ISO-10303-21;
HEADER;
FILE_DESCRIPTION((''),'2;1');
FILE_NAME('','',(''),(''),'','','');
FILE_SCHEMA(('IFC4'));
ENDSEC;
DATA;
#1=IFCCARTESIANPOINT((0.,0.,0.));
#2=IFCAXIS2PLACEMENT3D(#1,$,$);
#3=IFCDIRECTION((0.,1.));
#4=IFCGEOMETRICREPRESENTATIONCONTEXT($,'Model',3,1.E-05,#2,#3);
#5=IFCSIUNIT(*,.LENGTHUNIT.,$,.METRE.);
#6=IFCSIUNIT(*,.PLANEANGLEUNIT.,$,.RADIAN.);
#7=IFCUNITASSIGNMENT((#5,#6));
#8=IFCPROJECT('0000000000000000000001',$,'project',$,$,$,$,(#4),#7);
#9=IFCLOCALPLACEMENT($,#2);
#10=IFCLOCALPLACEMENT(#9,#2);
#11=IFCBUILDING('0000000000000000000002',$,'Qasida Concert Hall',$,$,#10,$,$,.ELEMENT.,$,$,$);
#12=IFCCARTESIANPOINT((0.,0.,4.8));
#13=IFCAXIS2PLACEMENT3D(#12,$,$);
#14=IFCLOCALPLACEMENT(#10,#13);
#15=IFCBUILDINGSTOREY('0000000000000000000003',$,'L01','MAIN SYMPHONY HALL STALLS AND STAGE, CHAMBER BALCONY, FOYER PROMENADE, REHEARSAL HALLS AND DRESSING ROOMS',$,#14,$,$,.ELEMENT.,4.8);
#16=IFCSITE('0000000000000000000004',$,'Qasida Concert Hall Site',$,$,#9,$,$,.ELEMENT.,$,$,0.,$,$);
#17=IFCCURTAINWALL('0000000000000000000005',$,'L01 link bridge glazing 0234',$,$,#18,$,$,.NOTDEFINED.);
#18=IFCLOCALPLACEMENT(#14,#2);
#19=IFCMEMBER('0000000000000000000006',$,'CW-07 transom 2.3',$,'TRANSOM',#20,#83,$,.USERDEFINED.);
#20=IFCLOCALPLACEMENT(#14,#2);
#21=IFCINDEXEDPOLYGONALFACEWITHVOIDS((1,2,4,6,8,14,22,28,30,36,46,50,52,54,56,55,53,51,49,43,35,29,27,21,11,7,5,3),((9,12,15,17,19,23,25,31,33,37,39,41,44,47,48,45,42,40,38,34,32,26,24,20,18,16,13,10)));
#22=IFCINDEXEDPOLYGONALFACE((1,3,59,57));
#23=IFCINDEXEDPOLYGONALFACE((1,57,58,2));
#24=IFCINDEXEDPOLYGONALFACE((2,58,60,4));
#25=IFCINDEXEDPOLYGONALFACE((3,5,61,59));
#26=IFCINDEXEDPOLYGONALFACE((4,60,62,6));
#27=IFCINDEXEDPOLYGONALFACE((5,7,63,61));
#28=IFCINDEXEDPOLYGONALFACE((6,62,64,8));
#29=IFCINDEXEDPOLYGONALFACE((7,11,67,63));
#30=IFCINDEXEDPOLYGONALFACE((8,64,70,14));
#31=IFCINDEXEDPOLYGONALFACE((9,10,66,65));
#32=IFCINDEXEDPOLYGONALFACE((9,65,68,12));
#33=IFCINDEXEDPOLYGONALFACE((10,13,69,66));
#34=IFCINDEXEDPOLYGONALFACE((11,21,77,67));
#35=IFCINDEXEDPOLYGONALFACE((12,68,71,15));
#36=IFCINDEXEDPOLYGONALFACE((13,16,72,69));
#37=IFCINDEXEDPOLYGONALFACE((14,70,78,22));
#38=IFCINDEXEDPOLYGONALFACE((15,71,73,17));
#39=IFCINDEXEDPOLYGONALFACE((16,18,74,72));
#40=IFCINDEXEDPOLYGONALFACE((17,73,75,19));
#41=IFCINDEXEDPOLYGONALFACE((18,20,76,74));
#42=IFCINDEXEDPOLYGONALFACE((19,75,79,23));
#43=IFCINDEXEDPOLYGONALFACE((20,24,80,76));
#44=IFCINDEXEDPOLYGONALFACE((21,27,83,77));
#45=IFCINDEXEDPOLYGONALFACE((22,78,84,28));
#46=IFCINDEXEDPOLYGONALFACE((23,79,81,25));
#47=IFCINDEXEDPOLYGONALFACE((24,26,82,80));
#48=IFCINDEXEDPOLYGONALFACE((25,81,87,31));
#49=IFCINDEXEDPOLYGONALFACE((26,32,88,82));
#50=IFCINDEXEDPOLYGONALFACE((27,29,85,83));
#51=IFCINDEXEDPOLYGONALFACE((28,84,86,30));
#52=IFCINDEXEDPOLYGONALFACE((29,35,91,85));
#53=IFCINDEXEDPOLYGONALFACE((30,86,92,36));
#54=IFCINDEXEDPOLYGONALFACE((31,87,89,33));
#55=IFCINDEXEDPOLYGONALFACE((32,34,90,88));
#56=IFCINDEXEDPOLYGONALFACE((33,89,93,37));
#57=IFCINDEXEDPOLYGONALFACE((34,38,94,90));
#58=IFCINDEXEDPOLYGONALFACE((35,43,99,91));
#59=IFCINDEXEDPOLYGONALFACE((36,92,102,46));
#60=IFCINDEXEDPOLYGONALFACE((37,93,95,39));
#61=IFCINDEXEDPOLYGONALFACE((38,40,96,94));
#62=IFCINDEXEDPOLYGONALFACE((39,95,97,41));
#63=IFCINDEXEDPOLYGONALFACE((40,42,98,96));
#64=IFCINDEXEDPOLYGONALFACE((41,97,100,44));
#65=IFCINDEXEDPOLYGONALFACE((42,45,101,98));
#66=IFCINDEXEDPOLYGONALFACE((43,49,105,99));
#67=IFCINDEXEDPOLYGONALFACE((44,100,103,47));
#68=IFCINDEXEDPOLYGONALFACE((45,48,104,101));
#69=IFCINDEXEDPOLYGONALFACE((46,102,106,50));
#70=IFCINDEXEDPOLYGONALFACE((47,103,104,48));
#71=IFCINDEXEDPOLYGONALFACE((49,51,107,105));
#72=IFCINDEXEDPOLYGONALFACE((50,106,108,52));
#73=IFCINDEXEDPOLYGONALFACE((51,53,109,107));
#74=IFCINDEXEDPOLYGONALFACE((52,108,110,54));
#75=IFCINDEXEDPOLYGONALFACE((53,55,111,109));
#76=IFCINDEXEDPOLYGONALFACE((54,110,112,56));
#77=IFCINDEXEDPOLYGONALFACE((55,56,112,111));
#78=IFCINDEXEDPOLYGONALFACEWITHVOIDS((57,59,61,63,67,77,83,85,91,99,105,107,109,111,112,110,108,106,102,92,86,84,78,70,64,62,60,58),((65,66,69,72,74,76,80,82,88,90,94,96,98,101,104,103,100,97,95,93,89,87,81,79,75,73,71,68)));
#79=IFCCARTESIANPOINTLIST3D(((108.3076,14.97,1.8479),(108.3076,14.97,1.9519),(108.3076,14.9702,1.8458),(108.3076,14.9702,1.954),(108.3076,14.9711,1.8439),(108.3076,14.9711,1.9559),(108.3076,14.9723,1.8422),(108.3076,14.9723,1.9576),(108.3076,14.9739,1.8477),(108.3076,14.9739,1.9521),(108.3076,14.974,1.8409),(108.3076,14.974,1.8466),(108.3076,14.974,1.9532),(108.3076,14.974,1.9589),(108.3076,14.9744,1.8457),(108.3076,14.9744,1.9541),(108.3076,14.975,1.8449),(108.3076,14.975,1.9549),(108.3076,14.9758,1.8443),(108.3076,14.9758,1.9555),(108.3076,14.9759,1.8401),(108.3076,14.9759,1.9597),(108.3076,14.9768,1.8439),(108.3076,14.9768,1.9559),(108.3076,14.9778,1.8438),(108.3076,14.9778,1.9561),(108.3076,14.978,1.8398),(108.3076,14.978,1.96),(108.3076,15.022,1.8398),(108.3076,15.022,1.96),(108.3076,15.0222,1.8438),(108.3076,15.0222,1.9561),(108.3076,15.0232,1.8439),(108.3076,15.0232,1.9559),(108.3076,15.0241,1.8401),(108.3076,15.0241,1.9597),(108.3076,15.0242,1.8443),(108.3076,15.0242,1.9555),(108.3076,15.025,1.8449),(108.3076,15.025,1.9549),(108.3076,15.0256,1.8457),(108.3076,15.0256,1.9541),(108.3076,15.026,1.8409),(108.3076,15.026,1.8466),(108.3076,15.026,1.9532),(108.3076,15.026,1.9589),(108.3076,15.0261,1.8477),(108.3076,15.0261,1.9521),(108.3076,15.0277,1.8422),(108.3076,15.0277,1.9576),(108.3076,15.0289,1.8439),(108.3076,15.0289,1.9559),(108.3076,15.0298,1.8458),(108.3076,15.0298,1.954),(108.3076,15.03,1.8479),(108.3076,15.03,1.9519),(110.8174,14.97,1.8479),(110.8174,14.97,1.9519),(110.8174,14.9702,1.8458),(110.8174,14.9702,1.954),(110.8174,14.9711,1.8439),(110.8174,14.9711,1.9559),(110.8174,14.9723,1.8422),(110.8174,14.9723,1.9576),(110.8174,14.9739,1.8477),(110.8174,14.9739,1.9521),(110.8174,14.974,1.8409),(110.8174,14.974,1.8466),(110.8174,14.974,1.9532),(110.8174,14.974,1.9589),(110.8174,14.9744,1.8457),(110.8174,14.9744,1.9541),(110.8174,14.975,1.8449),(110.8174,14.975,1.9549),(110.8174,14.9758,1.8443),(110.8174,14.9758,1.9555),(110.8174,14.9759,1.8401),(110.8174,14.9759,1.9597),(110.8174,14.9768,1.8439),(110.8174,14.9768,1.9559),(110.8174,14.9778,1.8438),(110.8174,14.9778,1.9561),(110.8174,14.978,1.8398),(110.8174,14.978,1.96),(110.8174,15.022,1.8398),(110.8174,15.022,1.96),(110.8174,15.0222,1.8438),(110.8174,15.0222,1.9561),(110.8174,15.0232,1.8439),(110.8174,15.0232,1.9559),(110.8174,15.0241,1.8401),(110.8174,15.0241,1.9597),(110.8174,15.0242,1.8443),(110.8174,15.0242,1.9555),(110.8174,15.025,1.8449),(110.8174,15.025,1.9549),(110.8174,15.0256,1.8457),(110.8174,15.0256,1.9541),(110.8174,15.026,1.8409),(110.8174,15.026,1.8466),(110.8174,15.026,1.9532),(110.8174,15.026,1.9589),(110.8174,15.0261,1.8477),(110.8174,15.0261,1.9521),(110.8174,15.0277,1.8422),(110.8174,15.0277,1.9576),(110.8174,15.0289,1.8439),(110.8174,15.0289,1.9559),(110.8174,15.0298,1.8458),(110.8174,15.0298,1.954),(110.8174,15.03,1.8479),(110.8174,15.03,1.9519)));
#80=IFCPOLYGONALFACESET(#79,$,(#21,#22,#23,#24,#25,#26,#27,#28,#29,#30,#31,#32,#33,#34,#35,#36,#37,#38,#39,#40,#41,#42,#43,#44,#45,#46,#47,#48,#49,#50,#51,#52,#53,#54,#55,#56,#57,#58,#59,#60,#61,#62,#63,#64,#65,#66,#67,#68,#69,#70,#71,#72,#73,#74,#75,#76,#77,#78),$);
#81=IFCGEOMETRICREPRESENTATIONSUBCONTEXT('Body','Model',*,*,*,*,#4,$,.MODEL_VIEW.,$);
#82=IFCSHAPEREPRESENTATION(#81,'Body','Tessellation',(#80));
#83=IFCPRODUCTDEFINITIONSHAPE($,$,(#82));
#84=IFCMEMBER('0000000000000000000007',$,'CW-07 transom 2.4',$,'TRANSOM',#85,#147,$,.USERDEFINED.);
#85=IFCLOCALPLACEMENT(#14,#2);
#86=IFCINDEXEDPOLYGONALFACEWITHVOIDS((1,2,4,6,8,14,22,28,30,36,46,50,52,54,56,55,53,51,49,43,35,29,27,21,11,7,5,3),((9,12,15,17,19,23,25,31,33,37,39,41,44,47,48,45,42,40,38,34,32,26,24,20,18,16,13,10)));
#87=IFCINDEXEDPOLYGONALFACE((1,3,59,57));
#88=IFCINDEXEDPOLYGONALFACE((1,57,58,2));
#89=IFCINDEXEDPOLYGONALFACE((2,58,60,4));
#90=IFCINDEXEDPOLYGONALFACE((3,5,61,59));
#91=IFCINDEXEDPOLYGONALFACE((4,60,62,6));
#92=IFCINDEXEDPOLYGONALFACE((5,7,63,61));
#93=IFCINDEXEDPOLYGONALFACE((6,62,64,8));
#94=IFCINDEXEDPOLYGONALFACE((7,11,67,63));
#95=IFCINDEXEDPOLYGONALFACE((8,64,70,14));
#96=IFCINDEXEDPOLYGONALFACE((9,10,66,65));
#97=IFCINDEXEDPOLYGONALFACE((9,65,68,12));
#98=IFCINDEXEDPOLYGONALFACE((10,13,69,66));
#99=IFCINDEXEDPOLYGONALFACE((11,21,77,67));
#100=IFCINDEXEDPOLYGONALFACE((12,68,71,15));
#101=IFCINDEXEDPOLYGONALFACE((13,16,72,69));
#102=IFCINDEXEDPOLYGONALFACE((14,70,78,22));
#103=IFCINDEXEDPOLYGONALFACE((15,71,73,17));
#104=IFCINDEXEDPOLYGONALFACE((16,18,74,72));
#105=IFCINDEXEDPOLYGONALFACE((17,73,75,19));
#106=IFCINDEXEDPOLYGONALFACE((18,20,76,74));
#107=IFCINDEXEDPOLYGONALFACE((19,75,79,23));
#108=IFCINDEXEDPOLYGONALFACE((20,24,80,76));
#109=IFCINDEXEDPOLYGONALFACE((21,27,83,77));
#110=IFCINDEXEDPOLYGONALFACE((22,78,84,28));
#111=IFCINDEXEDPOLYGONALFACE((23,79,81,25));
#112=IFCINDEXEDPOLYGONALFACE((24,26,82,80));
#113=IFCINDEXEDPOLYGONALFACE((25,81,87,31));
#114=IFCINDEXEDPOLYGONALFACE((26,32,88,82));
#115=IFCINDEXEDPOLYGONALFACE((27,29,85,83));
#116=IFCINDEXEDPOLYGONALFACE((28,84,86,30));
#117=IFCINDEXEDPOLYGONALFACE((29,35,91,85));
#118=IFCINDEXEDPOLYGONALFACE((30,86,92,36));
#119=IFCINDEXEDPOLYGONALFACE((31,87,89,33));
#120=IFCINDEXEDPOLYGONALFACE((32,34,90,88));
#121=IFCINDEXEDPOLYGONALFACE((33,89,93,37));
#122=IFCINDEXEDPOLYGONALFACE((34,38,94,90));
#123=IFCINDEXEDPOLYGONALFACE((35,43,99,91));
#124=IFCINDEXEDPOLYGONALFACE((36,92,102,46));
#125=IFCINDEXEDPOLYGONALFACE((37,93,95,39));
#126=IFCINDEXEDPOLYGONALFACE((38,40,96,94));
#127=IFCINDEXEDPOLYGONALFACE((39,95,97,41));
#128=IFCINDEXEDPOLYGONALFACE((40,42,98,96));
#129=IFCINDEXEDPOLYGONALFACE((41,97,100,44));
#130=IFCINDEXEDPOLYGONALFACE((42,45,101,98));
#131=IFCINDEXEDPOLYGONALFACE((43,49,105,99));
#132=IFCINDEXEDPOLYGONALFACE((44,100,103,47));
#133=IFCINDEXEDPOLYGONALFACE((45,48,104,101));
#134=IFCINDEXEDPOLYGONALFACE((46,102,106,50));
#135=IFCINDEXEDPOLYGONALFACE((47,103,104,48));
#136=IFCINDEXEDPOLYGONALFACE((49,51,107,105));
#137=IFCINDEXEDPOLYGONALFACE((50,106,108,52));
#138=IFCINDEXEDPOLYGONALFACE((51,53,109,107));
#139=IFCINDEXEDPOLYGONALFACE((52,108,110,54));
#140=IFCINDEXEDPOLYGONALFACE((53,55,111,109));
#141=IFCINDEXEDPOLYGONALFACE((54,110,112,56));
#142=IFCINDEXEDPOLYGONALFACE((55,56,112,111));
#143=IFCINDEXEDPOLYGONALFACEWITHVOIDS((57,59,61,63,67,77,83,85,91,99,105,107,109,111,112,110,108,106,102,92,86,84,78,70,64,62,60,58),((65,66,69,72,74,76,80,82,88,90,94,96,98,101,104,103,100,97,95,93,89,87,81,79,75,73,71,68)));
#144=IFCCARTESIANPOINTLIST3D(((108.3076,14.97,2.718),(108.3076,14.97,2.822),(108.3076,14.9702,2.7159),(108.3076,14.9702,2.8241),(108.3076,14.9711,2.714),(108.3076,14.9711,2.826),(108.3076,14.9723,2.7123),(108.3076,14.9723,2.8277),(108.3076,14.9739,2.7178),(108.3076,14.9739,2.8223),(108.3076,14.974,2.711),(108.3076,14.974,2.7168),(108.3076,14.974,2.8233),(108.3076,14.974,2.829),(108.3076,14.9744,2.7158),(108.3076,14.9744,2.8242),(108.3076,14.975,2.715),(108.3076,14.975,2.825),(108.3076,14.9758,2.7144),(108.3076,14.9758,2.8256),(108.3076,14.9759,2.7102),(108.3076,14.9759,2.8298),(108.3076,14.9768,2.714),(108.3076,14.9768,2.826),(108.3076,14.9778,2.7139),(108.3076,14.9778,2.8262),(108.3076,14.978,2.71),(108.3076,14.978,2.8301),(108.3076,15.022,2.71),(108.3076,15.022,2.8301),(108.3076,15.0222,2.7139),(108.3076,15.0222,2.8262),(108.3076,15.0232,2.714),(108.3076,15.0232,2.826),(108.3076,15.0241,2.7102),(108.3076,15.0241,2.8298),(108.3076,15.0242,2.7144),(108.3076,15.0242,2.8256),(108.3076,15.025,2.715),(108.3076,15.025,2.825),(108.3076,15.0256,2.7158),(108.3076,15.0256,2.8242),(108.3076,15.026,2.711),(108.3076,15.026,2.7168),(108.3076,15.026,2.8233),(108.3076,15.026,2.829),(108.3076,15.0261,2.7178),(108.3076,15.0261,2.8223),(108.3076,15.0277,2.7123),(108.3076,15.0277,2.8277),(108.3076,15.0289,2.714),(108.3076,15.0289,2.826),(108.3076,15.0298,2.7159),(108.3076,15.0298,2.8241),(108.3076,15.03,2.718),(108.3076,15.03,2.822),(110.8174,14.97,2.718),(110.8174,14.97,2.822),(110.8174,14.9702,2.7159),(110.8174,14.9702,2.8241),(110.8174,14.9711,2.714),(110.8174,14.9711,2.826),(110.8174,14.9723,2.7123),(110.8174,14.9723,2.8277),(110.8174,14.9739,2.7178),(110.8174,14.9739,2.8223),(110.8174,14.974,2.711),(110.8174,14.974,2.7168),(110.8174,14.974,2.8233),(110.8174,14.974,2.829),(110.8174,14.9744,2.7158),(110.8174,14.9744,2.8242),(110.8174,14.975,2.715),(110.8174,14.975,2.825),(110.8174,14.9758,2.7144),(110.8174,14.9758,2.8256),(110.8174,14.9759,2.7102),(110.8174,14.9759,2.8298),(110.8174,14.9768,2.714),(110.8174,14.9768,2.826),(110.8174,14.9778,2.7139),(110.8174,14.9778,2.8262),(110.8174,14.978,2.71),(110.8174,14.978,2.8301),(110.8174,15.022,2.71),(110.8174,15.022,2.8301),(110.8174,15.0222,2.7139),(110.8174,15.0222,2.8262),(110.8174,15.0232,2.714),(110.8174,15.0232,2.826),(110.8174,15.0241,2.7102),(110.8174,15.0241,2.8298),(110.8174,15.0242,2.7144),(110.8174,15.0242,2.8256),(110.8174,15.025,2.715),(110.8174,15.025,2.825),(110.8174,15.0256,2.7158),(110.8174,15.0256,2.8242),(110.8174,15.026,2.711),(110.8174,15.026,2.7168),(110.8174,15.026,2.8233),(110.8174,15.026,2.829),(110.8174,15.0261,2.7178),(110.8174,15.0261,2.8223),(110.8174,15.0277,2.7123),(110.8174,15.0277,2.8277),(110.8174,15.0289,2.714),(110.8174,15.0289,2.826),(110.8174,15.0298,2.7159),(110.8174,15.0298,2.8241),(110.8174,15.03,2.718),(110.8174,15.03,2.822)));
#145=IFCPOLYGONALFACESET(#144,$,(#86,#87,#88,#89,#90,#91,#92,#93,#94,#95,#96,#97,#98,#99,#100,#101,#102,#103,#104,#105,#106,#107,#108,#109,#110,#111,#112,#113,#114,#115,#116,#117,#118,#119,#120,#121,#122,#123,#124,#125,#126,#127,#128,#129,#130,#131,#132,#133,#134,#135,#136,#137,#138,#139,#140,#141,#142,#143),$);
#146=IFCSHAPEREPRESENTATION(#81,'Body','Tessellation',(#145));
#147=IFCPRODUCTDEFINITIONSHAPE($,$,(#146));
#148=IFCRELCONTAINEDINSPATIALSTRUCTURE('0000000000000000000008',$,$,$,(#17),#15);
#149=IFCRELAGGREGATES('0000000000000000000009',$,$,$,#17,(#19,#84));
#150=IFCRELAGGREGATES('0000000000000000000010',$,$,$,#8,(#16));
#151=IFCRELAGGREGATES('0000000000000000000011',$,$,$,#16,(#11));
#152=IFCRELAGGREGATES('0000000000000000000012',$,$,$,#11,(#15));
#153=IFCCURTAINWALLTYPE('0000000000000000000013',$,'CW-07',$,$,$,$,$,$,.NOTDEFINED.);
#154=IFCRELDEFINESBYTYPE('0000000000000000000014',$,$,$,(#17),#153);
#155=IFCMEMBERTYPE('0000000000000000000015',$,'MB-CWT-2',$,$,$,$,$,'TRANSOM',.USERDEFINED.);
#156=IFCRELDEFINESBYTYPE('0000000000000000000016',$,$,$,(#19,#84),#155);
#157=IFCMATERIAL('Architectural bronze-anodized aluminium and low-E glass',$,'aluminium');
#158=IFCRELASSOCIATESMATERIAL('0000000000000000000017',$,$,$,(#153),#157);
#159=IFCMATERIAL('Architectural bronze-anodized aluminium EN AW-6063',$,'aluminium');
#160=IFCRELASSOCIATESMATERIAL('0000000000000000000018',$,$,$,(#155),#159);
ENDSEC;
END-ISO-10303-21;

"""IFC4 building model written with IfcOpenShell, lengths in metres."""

from ifc_helpers import new_model, si_unit, direction, frame, origin, origin_2d, place, context, subcontext, project, spatial, hollow_rectangle, extrude, material, material_profile, profile_set, type_object, element, aggregate, save


model = new_model("IFC4")

# Units and contexts
model_context = context("Model", 3, precision=1e-05, world=origin(), true_north=direction((0.0, 1.0)))
body_context = subcontext(model_context, "Body", "Model", "MODEL_VIEW")
ifc_project = project(units=[si_unit("LENGTHUNIT", "METRE"), si_unit("PLANEANGLEUNIT", "RADIAN")], contexts=[model_context])

# Site, building, storey
site_placement = place(None, origin())
site = spatial("IfcSite", under=ifc_project, at=site_placement, Name="Qasida Concert Hall Site", CompositionType="ELEMENT", RefElevation=0.0)
building_placement = place(site_placement, origin())
building = spatial("IfcBuilding", under=site, at=building_placement, Name="Qasida Concert Hall", CompositionType="ELEMENT")
storey_placement = place(building_placement, frame((0.0, 0.0, 4.8)))
storey = spatial("IfcBuildingStorey", under=building, at=storey_placement, Name="L01", Description="MAIN SYMPHONY HALL STALLS AND STAGE, CHAMBER BALCONY, FOYER PROMENADE, REHEARSAL HALLS AND DRESSING ROOMS", CompositionType="ELEMENT", Elevation=4.8)

# Curtain wall
ifc_material_1 = material(Name="Architectural bronze-anodized aluminium and low-E glass", Category="aluminium")
curtain_wall_type = type_object("IfcCurtainWallType", Name="CW-07", PredefinedType="NOTDEFINED", material=ifc_material_1)
curtain_wall_1_placement = place(storey_placement, origin())
curtain_wall_1 = element("IfcCurtainWall", 1, at=curtain_wall_1_placement, inside=storey, type_object=curtain_wall_type, Name="L01 link bridge glazing 0234", PredefinedType="NOTDEFINED")
ifc_material_2 = material(Name="Architectural bronze-anodized aluminium EN AW-6063", Category="aluminium")

# Members
ifc_material_profile_1 = material_profile(ifc_material_2, hollow_rectangle(XDim=0.0601, YDim=0.1201, WallThickness=0.0039, InnerFilletRadius=0.0039, OuterFilletRadius=0.0081, at=origin_2d()), Name="CWT 120x60x4")
ifc_profile_set_1 = profile_set([ifc_material_profile_1], Name="Architectural bronze-anodized aluminium EN AW-6063")
member_type_1 = type_object("IfcMemberType", Name="MB-CWT-2", ElementType="TRANSOM", PredefinedType="USERDEFINED", material=ifc_profile_set_1)
member_1_placement = place(storey_placement, frame((108.3076, 15.0, 1.8999), z_axis=(1.0, 0.0, 0.0), x_axis=(0.0, 1.0, 0.0)))
member_1 = element("IfcMember", 2, at=member_1_placement, type_object=member_type_1, Name="CW-07 transom 2.3", ObjectType="TRANSOM", PredefinedType="USERDEFINED", context=body_context, shape_type="SweptSolid", body=[
    extrude(hollow_rectangle(XDim=0.0601, YDim=0.1201, WallThickness=0.0039, InnerFilletRadius=0.0039, OuterFilletRadius=0.0081, at=origin_2d()), origin(), (0.0, 0.0, 1.0), 2.5098),
])
member_2_placement = place(storey_placement, frame((108.3076, 15.0, 2.77), z_axis=(1.0, 0.0, 0.0), x_axis=(0.0, 1.0, 0.0)))
member_2 = element("IfcMember", 3, at=member_2_placement, type_object=member_type_1, Name="CW-07 transom 2.4", ObjectType="TRANSOM", PredefinedType="USERDEFINED", context=body_context, shape_type="SweptSolid", body=[
    extrude(hollow_rectangle(XDim=0.0601, YDim=0.1201, WallThickness=0.0039, InnerFilletRadius=0.0039, OuterFilletRadius=0.0081, at=origin_2d()), origin(), (0.0, 0.0, 1.0), 2.5098),
])

aggregate(curtain_wall_1, [member_1, member_2])

save(model, "model.ifc")
